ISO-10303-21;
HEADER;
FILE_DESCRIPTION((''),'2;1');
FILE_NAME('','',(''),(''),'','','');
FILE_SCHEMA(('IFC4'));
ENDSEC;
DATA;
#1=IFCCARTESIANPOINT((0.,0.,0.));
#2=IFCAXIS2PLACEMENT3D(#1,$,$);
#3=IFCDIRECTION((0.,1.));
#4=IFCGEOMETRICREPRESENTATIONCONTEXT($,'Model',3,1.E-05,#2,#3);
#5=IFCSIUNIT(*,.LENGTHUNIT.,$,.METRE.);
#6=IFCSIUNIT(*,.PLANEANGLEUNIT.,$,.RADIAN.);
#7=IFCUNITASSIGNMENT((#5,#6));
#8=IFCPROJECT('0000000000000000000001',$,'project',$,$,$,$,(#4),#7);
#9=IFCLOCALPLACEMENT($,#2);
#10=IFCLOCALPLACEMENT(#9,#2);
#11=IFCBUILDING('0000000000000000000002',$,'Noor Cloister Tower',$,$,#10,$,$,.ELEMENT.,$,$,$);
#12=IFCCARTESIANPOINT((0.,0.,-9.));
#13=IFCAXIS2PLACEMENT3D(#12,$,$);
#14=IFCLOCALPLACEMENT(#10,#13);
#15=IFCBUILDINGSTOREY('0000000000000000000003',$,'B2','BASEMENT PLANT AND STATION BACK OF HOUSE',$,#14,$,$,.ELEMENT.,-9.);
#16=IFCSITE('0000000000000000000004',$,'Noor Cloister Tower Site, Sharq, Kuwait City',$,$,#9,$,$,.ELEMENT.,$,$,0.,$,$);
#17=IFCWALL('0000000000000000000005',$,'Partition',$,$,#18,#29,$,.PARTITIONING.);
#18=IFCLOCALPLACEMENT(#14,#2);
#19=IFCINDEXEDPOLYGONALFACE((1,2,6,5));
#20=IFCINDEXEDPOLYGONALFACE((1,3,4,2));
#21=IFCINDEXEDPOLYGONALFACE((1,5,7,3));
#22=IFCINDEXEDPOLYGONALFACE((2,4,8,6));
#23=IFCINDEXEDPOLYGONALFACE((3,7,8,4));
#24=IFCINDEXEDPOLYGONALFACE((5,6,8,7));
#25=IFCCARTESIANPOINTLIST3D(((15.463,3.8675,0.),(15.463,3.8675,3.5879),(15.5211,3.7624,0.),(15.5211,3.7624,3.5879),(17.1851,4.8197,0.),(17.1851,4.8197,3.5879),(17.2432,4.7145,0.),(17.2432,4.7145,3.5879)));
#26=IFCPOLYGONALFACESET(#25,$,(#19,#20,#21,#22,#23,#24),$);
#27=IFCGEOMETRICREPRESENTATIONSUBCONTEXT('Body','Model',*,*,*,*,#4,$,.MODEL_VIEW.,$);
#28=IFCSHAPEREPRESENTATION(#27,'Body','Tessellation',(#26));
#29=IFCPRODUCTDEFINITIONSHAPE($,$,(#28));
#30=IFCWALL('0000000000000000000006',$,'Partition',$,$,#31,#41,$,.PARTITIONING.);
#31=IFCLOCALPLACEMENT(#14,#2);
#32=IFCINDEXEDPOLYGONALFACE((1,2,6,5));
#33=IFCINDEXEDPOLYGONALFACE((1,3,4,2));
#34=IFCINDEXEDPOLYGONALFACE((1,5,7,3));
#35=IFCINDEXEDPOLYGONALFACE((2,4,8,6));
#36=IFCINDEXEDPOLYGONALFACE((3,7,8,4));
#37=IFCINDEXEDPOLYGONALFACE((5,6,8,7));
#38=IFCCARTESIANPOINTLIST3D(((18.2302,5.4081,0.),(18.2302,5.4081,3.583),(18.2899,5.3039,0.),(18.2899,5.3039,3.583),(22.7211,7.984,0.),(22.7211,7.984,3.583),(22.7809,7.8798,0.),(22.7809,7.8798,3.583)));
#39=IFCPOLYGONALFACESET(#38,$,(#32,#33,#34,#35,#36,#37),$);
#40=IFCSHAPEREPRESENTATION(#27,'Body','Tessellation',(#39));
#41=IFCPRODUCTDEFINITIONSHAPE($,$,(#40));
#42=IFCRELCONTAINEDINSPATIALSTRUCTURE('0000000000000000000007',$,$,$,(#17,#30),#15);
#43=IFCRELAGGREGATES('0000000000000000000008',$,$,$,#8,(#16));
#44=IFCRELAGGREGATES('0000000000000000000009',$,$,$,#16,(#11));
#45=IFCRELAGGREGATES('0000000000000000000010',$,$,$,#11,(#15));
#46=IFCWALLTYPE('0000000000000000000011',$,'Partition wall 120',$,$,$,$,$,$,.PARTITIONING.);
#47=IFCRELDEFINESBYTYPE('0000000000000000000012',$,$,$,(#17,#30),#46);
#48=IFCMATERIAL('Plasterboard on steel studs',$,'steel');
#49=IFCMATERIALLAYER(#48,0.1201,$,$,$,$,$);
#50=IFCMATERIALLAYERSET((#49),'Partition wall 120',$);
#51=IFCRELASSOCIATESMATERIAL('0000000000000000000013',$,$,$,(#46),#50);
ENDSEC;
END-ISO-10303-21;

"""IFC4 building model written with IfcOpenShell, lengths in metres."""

from ifc_helpers import new_model, si_unit, direction, frame, frame_2d, origin, place, context, subcontext, project, spatial, rectangle, extrude, material, layer, layer_set, type_object, element, save


model = new_model("IFC4")

# Units and contexts
model_context = context("Model", 3, precision=1e-05, world=origin(), true_north=direction((0.0, 1.0)))
body_context = subcontext(model_context, "Body", "Model", "MODEL_VIEW")
ifc_project = project(units=[si_unit("LENGTHUNIT", "METRE"), si_unit("PLANEANGLEUNIT", "RADIAN")], contexts=[model_context])

# Site, building, storey
site_placement = place(None, origin())
site = spatial("IfcSite", under=ifc_project, at=site_placement, Name="Noor Cloister Tower Site, Sharq, Kuwait City", CompositionType="ELEMENT", RefElevation=0.0)
building_placement = place(site_placement, origin())
building = spatial("IfcBuilding", under=site, at=building_placement, Name="Noor Cloister Tower", CompositionType="ELEMENT")
storey_placement = place(building_placement, frame((0.0, 0.0, -9.0)))
storey = spatial("IfcBuildingStorey", under=building, at=storey_placement, Name="B2", Description="BASEMENT PLANT AND STATION BACK OF HOUSE", CompositionType="ELEMENT", Elevation=-9.0)

# Walls
ifc_material_1 = material(Name="Plasterboard on steel studs", Category="steel")
ifc_layer_1 = layer(ifc_material_1, 0.1201)
ifc_layer_set_1 = layer_set([ifc_layer_1], Name="Partition wall 120")
wall_type_1 = type_object("IfcWallType", Name="Partition wall 120", PredefinedType="PARTITIONING", material=ifc_layer_set_1)
wall_1_placement = place(storey_placement, frame((17.2141, 4.7671, 0.0), z_axis=(0.0, 0.0, 1.0), x_axis=(-0.87515, -0.483851, 0.0)))
element("IfcWall", 1, at=wall_1_placement, inside=storey, type_object=wall_type_1, Name="Partition", PredefinedType="PARTITIONING", context=body_context, shape_type="SweptSolid", body=[
    extrude(rectangle(XDim=1.9678, YDim=0.1201, at=frame_2d((0.9839, 0.0))), origin(), (0.0, 0.0, 1.0), 3.5879),
])
wall_2_placement = place(storey_placement, frame((22.751, 7.9319, 0.0), z_axis=(0.0, 0.0, 1.0), x_axis=(-0.867438, -0.497545, 0.0)))
element("IfcWall", 2, at=wall_2_placement, inside=storey, type_object=wall_type_1, Name="Partition", PredefinedType="PARTITIONING", context=body_context, shape_type="SweptSolid", body=[
    extrude(rectangle(XDim=5.1772, YDim=0.1201, at=frame_2d((2.5886, 0.0))), origin(), (0.0, 0.0, 1.0), 3.583),
])

save(model, "model.ifc")
